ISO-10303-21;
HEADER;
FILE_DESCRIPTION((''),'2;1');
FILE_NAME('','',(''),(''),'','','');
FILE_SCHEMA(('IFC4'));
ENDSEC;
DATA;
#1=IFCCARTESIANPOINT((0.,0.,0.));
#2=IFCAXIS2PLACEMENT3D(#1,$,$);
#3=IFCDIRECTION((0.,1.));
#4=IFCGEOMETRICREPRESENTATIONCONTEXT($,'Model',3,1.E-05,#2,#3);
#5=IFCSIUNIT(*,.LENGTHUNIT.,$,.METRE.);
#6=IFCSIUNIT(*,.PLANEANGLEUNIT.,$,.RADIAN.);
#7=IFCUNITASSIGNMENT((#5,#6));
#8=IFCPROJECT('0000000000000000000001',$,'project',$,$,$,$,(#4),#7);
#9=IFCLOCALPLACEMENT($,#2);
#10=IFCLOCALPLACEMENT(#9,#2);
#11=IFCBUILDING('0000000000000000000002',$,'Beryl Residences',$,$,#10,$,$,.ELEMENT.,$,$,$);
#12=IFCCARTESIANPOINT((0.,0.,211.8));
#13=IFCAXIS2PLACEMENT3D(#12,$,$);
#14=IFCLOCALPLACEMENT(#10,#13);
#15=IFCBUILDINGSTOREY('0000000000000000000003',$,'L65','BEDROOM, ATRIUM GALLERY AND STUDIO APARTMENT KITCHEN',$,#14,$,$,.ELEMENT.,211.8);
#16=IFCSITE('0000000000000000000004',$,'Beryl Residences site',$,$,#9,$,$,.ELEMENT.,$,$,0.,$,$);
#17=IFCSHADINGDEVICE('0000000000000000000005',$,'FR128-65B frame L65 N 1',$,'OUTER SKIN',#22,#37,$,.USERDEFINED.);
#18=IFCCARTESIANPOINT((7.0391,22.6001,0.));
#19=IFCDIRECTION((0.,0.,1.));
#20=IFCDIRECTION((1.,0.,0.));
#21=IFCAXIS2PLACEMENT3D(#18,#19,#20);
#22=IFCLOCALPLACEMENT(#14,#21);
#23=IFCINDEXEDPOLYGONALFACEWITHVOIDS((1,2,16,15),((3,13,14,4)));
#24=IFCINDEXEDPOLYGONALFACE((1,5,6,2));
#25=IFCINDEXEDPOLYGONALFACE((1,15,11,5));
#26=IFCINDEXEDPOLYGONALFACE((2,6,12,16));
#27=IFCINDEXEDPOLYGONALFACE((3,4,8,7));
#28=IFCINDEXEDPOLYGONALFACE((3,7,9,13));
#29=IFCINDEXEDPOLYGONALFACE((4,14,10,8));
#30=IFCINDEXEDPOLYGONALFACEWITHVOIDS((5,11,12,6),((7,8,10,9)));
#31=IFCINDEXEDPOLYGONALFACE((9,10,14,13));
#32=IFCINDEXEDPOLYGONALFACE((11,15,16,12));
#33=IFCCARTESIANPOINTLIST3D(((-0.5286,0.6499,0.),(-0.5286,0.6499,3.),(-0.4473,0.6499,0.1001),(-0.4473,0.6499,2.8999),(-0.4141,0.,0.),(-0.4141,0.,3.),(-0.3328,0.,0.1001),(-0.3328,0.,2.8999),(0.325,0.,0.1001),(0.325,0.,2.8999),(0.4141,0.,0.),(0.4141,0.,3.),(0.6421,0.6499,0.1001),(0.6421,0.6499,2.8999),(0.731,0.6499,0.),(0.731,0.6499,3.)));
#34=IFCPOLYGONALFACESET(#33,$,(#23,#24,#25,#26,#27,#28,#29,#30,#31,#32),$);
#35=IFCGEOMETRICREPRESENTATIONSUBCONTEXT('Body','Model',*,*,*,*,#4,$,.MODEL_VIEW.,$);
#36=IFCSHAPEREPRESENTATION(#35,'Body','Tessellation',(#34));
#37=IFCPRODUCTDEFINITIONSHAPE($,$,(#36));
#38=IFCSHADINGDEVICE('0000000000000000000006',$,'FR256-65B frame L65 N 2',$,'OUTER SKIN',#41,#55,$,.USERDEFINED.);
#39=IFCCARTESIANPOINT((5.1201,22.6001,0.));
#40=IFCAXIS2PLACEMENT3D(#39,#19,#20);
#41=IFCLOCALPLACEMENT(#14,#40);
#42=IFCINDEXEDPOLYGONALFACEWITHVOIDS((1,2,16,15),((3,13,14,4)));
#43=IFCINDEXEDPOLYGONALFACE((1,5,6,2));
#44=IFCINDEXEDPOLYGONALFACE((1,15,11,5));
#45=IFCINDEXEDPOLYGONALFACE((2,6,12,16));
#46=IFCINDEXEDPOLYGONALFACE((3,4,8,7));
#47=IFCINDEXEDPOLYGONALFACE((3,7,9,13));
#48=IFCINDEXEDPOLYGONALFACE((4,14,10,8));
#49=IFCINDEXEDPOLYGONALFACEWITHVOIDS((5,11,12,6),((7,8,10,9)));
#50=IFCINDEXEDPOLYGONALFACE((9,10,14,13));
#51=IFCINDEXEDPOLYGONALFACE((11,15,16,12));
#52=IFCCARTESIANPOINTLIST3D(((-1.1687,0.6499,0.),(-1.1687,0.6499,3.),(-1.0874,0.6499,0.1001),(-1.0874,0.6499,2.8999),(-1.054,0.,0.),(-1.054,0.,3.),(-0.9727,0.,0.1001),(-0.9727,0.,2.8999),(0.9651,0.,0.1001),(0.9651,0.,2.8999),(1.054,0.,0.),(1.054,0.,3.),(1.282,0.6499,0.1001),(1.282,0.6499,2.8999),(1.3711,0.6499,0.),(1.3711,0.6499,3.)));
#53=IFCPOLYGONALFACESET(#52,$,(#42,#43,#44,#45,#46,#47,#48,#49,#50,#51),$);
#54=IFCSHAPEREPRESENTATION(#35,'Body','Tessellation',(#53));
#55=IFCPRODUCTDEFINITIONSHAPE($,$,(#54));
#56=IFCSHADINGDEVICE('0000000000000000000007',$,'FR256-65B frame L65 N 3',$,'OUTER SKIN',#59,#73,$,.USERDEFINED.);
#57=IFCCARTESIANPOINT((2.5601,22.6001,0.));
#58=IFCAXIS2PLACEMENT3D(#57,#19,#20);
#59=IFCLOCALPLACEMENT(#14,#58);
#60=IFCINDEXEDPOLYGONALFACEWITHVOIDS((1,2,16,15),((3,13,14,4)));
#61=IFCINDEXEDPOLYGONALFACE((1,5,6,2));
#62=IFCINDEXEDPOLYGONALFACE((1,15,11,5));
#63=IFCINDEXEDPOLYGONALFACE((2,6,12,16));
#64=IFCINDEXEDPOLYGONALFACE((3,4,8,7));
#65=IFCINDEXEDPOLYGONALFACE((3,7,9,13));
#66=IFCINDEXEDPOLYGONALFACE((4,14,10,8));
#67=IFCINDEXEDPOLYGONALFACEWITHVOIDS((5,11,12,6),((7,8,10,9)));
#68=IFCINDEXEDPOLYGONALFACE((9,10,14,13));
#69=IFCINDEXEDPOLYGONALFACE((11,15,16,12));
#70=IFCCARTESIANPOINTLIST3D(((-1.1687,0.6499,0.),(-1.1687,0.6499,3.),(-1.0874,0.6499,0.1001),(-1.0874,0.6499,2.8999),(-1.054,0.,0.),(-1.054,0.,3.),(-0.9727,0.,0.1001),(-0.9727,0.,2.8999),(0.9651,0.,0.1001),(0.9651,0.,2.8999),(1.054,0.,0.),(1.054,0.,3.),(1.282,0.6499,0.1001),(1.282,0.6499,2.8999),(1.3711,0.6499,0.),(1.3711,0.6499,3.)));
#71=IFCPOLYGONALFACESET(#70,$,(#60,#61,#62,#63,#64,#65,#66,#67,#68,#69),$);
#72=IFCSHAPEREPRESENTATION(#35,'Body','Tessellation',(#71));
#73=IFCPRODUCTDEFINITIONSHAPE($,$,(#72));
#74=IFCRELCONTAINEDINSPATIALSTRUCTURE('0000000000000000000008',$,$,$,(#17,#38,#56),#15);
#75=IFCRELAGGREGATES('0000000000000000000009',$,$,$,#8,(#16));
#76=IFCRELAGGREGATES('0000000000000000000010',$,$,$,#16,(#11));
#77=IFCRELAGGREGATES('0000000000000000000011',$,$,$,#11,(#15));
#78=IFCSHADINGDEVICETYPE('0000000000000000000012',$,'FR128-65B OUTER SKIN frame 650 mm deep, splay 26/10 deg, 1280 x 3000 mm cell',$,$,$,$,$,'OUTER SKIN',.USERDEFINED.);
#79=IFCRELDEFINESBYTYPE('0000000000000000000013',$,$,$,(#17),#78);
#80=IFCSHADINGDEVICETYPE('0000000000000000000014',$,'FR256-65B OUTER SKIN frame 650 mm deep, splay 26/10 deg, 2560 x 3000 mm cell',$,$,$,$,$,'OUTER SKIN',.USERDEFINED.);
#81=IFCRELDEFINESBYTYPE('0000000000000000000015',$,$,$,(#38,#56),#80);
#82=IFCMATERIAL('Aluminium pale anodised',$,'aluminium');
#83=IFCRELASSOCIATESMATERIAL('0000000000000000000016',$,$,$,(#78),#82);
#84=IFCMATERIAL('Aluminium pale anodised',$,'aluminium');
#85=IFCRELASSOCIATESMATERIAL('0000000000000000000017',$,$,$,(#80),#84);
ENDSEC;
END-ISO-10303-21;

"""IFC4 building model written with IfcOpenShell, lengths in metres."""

from ifc_helpers import new_model, entity, si_unit, direction, frame, origin, place, context, subcontext, project, spatial, source, transform, mapped, material, type_object, type_shapes, element, save


model = new_model("IFC4")

# Units and contexts
model_context = context("Model", 3, precision=1e-05, world=origin(), true_north=direction((0.0, 1.0)))
body_context = subcontext(model_context, "Body", "Model", "MODEL_VIEW")
ifc_project = project(units=[si_unit("LENGTHUNIT", "METRE"), si_unit("PLANEANGLEUNIT", "RADIAN")], contexts=[model_context])

# Site, building, storey
site_placement = place(None, origin())
site = spatial("IfcSite", under=ifc_project, at=site_placement, Name="Beryl Residences site", CompositionType="ELEMENT", RefElevation=0.0)
building_placement = place(site_placement, origin())
building = spatial("IfcBuilding", under=site, at=building_placement, Name="Beryl Residences", CompositionType="ELEMENT")
storey_placement = place(building_placement, frame((0.0, 0.0, 211.8)))
storey = spatial("IfcBuildingStorey", under=building, at=storey_placement, Name="L65", Description="BEDROOM, ATRIUM GALLERY AND STUDIO APARTMENT KITCHEN", CompositionType="ELEMENT", Elevation=211.8)

# Shading devices
ifc_material_1 = material(Name="Aluminium pale anodised", Category="aluminium")
shading_device_type_1 = type_object("IfcShadingDeviceType", Name="FR128-65B OUTER SKIN frame 650 mm deep, splay 26/10 deg, 1280 x 3000 mm cell", ElementType="OUTER SKIN", PredefinedType="USERDEFINED", material=ifc_material_1)
cartesian_point_1 = entity("IfcCartesianPoint", [-0.4141, 0.0])
cartesian_point_2 = entity("IfcCartesianPoint", [-0.325, 0.1001])
cartesian_point_3 = entity("IfcCartesianPoint", [-0.731, 0.0])
cartesian_point_4 = entity("IfcCartesianPoint", [-0.6421, 0.1001])
shared_shape_1 = source(origin(), body_context, "Body", "SweptSolid", [
    entity("IfcExtrudedAreaSolidTapered", entity("IfcArbitraryProfileDefWithVoids", "AREA", None, entity("IfcPolyline", [cartesian_point_1, entity("IfcCartesianPoint", [0.4141, 0.0]), entity("IfcCartesianPoint", [0.4141, 3.0]), entity("IfcCartesianPoint", [-0.4141, 3.0]), cartesian_point_1]), [entity("IfcPolyline", [cartesian_point_2, entity("IfcCartesianPoint", [0.3328, 0.1001]), entity("IfcCartesianPoint", [0.3328, 2.8999]), entity("IfcCartesianPoint", [-0.325, 2.8999]), cartesian_point_2])]), entity("IfcAxis2Placement3D", entity("IfcCartesianPoint", [0.0, 0.0, 0.0]), entity("IfcDirection", [0.0, 1.0, 0.0]), entity("IfcDirection", [-1.0, 0.0, 0.0])), entity("IfcDirection", [0.0, 0.0, 1.0]), 0.6499, entity("IfcArbitraryProfileDefWithVoids", "AREA", None, entity("IfcPolyline", [cartesian_point_3, entity("IfcCartesianPoint", [0.5286, 0.0]), entity("IfcCartesianPoint", [0.5286, 3.0]), entity("IfcCartesianPoint", [-0.731, 3.0]), cartesian_point_3]), [entity("IfcPolyline", [cartesian_point_4, entity("IfcCartesianPoint", [0.4473, 0.1001]), entity("IfcCartesianPoint", [0.4473, 2.8999]), entity("IfcCartesianPoint", [-0.6421, 2.8999]), cartesian_point_4])])),
])
type_shapes(shading_device_type_1, [shared_shape_1])
shading_device_placement = place(storey_placement, frame((7.0391, 22.6001, 0.0), z_axis=(0.0, 0.0, 1.0), x_axis=(1.0, 0.0, 0.0)))
element("IfcShadingDevice", 1, at=shading_device_placement, inside=storey, type_object=shading_device_type_1, Name="FR128-65B frame L65 N 1", ObjectType="OUTER SKIN", PredefinedType="USERDEFINED", context=body_context, shape_type="MappedRepresentation", body=[
    mapped(shared_shape_1, transform((0.0, 0.0, 0.0))),
])
ifc_material_2 = material(Name="Aluminium pale anodised", Category="aluminium")
shading_device_type_2 = type_object("IfcShadingDeviceType", Name="FR256-65B OUTER SKIN frame 650 mm deep, splay 26/10 deg, 2560 x 3000 mm cell", ElementType="OUTER SKIN", PredefinedType="USERDEFINED", material=ifc_material_2)
cartesian_point_5 = entity("IfcCartesianPoint", [-1.054, 0.0])
cartesian_point_6 = entity("IfcCartesianPoint", [-0.9651, 0.1001])
cartesian_point_7 = entity("IfcCartesianPoint", [-1.3711, 0.0])
cartesian_point_8 = entity("IfcCartesianPoint", [-1.282, 0.1001])
shared_shape_2 = source(origin(), body_context, "Body", "SweptSolid", [
    entity("IfcExtrudedAreaSolidTapered", entity("IfcArbitraryProfileDefWithVoids", "AREA", None, entity("IfcPolyline", [cartesian_point_5, entity("IfcCartesianPoint", [1.054, 0.0]), entity("IfcCartesianPoint", [1.054, 3.0]), entity("IfcCartesianPoint", [-1.054, 3.0]), cartesian_point_5]), [entity("IfcPolyline", [cartesian_point_6, entity("IfcCartesianPoint", [0.9727, 0.1001]), entity("IfcCartesianPoint", [0.9727, 2.8999]), entity("IfcCartesianPoint", [-0.9651, 2.8999]), cartesian_point_6])]), entity("IfcAxis2Placement3D", entity("IfcCartesianPoint", [0.0, 0.0, 0.0]), entity("IfcDirection", [0.0, 1.0, 0.0]), entity("IfcDirection", [-1.0, 0.0, 0.0])), entity("IfcDirection", [0.0, 0.0, 1.0]), 0.6499, entity("IfcArbitraryProfileDefWithVoids", "AREA", None, entity("IfcPolyline", [cartesian_point_7, entity("IfcCartesianPoint", [1.1687, 0.0]), entity("IfcCartesianPoint", [1.1687, 3.0]), entity("IfcCartesianPoint", [-1.3711, 3.0]), cartesian_point_7]), [entity("IfcPolyline", [cartesian_point_8, entity("IfcCartesianPoint", [1.0874, 0.1001]), entity("IfcCartesianPoint", [1.0874, 2.8999]), entity("IfcCartesianPoint", [-1.282, 2.8999]), cartesian_point_8])])),
])
type_shapes(shading_device_type_2, [shared_shape_2])
for number, where, z_axis, x_axis, name in (
    (2, (5.1201, 22.6001, 0.0), (0.0, 0.0, 1.0), (1.0, 0.0, 0.0), "FR256-65B frame L65 N 2"),
    (3, (2.5601, 22.6001, 0.0), (0.0, 0.0, 1.0), (1.0, 0.0, 0.0), "FR256-65B frame L65 N 3"),
):
    element("IfcShadingDevice", number, at=place(storey_placement, frame(where, z_axis=z_axis, x_axis=x_axis)), inside=storey, type_object=shading_device_type_2, Name=name, ObjectType="OUTER SKIN", PredefinedType="USERDEFINED", context=body_context, shape_type="MappedRepresentation", body=[
        mapped(shared_shape_2, transform((0.0, 0.0, 0.0))),
    ])

save(model, "model.ifc")
